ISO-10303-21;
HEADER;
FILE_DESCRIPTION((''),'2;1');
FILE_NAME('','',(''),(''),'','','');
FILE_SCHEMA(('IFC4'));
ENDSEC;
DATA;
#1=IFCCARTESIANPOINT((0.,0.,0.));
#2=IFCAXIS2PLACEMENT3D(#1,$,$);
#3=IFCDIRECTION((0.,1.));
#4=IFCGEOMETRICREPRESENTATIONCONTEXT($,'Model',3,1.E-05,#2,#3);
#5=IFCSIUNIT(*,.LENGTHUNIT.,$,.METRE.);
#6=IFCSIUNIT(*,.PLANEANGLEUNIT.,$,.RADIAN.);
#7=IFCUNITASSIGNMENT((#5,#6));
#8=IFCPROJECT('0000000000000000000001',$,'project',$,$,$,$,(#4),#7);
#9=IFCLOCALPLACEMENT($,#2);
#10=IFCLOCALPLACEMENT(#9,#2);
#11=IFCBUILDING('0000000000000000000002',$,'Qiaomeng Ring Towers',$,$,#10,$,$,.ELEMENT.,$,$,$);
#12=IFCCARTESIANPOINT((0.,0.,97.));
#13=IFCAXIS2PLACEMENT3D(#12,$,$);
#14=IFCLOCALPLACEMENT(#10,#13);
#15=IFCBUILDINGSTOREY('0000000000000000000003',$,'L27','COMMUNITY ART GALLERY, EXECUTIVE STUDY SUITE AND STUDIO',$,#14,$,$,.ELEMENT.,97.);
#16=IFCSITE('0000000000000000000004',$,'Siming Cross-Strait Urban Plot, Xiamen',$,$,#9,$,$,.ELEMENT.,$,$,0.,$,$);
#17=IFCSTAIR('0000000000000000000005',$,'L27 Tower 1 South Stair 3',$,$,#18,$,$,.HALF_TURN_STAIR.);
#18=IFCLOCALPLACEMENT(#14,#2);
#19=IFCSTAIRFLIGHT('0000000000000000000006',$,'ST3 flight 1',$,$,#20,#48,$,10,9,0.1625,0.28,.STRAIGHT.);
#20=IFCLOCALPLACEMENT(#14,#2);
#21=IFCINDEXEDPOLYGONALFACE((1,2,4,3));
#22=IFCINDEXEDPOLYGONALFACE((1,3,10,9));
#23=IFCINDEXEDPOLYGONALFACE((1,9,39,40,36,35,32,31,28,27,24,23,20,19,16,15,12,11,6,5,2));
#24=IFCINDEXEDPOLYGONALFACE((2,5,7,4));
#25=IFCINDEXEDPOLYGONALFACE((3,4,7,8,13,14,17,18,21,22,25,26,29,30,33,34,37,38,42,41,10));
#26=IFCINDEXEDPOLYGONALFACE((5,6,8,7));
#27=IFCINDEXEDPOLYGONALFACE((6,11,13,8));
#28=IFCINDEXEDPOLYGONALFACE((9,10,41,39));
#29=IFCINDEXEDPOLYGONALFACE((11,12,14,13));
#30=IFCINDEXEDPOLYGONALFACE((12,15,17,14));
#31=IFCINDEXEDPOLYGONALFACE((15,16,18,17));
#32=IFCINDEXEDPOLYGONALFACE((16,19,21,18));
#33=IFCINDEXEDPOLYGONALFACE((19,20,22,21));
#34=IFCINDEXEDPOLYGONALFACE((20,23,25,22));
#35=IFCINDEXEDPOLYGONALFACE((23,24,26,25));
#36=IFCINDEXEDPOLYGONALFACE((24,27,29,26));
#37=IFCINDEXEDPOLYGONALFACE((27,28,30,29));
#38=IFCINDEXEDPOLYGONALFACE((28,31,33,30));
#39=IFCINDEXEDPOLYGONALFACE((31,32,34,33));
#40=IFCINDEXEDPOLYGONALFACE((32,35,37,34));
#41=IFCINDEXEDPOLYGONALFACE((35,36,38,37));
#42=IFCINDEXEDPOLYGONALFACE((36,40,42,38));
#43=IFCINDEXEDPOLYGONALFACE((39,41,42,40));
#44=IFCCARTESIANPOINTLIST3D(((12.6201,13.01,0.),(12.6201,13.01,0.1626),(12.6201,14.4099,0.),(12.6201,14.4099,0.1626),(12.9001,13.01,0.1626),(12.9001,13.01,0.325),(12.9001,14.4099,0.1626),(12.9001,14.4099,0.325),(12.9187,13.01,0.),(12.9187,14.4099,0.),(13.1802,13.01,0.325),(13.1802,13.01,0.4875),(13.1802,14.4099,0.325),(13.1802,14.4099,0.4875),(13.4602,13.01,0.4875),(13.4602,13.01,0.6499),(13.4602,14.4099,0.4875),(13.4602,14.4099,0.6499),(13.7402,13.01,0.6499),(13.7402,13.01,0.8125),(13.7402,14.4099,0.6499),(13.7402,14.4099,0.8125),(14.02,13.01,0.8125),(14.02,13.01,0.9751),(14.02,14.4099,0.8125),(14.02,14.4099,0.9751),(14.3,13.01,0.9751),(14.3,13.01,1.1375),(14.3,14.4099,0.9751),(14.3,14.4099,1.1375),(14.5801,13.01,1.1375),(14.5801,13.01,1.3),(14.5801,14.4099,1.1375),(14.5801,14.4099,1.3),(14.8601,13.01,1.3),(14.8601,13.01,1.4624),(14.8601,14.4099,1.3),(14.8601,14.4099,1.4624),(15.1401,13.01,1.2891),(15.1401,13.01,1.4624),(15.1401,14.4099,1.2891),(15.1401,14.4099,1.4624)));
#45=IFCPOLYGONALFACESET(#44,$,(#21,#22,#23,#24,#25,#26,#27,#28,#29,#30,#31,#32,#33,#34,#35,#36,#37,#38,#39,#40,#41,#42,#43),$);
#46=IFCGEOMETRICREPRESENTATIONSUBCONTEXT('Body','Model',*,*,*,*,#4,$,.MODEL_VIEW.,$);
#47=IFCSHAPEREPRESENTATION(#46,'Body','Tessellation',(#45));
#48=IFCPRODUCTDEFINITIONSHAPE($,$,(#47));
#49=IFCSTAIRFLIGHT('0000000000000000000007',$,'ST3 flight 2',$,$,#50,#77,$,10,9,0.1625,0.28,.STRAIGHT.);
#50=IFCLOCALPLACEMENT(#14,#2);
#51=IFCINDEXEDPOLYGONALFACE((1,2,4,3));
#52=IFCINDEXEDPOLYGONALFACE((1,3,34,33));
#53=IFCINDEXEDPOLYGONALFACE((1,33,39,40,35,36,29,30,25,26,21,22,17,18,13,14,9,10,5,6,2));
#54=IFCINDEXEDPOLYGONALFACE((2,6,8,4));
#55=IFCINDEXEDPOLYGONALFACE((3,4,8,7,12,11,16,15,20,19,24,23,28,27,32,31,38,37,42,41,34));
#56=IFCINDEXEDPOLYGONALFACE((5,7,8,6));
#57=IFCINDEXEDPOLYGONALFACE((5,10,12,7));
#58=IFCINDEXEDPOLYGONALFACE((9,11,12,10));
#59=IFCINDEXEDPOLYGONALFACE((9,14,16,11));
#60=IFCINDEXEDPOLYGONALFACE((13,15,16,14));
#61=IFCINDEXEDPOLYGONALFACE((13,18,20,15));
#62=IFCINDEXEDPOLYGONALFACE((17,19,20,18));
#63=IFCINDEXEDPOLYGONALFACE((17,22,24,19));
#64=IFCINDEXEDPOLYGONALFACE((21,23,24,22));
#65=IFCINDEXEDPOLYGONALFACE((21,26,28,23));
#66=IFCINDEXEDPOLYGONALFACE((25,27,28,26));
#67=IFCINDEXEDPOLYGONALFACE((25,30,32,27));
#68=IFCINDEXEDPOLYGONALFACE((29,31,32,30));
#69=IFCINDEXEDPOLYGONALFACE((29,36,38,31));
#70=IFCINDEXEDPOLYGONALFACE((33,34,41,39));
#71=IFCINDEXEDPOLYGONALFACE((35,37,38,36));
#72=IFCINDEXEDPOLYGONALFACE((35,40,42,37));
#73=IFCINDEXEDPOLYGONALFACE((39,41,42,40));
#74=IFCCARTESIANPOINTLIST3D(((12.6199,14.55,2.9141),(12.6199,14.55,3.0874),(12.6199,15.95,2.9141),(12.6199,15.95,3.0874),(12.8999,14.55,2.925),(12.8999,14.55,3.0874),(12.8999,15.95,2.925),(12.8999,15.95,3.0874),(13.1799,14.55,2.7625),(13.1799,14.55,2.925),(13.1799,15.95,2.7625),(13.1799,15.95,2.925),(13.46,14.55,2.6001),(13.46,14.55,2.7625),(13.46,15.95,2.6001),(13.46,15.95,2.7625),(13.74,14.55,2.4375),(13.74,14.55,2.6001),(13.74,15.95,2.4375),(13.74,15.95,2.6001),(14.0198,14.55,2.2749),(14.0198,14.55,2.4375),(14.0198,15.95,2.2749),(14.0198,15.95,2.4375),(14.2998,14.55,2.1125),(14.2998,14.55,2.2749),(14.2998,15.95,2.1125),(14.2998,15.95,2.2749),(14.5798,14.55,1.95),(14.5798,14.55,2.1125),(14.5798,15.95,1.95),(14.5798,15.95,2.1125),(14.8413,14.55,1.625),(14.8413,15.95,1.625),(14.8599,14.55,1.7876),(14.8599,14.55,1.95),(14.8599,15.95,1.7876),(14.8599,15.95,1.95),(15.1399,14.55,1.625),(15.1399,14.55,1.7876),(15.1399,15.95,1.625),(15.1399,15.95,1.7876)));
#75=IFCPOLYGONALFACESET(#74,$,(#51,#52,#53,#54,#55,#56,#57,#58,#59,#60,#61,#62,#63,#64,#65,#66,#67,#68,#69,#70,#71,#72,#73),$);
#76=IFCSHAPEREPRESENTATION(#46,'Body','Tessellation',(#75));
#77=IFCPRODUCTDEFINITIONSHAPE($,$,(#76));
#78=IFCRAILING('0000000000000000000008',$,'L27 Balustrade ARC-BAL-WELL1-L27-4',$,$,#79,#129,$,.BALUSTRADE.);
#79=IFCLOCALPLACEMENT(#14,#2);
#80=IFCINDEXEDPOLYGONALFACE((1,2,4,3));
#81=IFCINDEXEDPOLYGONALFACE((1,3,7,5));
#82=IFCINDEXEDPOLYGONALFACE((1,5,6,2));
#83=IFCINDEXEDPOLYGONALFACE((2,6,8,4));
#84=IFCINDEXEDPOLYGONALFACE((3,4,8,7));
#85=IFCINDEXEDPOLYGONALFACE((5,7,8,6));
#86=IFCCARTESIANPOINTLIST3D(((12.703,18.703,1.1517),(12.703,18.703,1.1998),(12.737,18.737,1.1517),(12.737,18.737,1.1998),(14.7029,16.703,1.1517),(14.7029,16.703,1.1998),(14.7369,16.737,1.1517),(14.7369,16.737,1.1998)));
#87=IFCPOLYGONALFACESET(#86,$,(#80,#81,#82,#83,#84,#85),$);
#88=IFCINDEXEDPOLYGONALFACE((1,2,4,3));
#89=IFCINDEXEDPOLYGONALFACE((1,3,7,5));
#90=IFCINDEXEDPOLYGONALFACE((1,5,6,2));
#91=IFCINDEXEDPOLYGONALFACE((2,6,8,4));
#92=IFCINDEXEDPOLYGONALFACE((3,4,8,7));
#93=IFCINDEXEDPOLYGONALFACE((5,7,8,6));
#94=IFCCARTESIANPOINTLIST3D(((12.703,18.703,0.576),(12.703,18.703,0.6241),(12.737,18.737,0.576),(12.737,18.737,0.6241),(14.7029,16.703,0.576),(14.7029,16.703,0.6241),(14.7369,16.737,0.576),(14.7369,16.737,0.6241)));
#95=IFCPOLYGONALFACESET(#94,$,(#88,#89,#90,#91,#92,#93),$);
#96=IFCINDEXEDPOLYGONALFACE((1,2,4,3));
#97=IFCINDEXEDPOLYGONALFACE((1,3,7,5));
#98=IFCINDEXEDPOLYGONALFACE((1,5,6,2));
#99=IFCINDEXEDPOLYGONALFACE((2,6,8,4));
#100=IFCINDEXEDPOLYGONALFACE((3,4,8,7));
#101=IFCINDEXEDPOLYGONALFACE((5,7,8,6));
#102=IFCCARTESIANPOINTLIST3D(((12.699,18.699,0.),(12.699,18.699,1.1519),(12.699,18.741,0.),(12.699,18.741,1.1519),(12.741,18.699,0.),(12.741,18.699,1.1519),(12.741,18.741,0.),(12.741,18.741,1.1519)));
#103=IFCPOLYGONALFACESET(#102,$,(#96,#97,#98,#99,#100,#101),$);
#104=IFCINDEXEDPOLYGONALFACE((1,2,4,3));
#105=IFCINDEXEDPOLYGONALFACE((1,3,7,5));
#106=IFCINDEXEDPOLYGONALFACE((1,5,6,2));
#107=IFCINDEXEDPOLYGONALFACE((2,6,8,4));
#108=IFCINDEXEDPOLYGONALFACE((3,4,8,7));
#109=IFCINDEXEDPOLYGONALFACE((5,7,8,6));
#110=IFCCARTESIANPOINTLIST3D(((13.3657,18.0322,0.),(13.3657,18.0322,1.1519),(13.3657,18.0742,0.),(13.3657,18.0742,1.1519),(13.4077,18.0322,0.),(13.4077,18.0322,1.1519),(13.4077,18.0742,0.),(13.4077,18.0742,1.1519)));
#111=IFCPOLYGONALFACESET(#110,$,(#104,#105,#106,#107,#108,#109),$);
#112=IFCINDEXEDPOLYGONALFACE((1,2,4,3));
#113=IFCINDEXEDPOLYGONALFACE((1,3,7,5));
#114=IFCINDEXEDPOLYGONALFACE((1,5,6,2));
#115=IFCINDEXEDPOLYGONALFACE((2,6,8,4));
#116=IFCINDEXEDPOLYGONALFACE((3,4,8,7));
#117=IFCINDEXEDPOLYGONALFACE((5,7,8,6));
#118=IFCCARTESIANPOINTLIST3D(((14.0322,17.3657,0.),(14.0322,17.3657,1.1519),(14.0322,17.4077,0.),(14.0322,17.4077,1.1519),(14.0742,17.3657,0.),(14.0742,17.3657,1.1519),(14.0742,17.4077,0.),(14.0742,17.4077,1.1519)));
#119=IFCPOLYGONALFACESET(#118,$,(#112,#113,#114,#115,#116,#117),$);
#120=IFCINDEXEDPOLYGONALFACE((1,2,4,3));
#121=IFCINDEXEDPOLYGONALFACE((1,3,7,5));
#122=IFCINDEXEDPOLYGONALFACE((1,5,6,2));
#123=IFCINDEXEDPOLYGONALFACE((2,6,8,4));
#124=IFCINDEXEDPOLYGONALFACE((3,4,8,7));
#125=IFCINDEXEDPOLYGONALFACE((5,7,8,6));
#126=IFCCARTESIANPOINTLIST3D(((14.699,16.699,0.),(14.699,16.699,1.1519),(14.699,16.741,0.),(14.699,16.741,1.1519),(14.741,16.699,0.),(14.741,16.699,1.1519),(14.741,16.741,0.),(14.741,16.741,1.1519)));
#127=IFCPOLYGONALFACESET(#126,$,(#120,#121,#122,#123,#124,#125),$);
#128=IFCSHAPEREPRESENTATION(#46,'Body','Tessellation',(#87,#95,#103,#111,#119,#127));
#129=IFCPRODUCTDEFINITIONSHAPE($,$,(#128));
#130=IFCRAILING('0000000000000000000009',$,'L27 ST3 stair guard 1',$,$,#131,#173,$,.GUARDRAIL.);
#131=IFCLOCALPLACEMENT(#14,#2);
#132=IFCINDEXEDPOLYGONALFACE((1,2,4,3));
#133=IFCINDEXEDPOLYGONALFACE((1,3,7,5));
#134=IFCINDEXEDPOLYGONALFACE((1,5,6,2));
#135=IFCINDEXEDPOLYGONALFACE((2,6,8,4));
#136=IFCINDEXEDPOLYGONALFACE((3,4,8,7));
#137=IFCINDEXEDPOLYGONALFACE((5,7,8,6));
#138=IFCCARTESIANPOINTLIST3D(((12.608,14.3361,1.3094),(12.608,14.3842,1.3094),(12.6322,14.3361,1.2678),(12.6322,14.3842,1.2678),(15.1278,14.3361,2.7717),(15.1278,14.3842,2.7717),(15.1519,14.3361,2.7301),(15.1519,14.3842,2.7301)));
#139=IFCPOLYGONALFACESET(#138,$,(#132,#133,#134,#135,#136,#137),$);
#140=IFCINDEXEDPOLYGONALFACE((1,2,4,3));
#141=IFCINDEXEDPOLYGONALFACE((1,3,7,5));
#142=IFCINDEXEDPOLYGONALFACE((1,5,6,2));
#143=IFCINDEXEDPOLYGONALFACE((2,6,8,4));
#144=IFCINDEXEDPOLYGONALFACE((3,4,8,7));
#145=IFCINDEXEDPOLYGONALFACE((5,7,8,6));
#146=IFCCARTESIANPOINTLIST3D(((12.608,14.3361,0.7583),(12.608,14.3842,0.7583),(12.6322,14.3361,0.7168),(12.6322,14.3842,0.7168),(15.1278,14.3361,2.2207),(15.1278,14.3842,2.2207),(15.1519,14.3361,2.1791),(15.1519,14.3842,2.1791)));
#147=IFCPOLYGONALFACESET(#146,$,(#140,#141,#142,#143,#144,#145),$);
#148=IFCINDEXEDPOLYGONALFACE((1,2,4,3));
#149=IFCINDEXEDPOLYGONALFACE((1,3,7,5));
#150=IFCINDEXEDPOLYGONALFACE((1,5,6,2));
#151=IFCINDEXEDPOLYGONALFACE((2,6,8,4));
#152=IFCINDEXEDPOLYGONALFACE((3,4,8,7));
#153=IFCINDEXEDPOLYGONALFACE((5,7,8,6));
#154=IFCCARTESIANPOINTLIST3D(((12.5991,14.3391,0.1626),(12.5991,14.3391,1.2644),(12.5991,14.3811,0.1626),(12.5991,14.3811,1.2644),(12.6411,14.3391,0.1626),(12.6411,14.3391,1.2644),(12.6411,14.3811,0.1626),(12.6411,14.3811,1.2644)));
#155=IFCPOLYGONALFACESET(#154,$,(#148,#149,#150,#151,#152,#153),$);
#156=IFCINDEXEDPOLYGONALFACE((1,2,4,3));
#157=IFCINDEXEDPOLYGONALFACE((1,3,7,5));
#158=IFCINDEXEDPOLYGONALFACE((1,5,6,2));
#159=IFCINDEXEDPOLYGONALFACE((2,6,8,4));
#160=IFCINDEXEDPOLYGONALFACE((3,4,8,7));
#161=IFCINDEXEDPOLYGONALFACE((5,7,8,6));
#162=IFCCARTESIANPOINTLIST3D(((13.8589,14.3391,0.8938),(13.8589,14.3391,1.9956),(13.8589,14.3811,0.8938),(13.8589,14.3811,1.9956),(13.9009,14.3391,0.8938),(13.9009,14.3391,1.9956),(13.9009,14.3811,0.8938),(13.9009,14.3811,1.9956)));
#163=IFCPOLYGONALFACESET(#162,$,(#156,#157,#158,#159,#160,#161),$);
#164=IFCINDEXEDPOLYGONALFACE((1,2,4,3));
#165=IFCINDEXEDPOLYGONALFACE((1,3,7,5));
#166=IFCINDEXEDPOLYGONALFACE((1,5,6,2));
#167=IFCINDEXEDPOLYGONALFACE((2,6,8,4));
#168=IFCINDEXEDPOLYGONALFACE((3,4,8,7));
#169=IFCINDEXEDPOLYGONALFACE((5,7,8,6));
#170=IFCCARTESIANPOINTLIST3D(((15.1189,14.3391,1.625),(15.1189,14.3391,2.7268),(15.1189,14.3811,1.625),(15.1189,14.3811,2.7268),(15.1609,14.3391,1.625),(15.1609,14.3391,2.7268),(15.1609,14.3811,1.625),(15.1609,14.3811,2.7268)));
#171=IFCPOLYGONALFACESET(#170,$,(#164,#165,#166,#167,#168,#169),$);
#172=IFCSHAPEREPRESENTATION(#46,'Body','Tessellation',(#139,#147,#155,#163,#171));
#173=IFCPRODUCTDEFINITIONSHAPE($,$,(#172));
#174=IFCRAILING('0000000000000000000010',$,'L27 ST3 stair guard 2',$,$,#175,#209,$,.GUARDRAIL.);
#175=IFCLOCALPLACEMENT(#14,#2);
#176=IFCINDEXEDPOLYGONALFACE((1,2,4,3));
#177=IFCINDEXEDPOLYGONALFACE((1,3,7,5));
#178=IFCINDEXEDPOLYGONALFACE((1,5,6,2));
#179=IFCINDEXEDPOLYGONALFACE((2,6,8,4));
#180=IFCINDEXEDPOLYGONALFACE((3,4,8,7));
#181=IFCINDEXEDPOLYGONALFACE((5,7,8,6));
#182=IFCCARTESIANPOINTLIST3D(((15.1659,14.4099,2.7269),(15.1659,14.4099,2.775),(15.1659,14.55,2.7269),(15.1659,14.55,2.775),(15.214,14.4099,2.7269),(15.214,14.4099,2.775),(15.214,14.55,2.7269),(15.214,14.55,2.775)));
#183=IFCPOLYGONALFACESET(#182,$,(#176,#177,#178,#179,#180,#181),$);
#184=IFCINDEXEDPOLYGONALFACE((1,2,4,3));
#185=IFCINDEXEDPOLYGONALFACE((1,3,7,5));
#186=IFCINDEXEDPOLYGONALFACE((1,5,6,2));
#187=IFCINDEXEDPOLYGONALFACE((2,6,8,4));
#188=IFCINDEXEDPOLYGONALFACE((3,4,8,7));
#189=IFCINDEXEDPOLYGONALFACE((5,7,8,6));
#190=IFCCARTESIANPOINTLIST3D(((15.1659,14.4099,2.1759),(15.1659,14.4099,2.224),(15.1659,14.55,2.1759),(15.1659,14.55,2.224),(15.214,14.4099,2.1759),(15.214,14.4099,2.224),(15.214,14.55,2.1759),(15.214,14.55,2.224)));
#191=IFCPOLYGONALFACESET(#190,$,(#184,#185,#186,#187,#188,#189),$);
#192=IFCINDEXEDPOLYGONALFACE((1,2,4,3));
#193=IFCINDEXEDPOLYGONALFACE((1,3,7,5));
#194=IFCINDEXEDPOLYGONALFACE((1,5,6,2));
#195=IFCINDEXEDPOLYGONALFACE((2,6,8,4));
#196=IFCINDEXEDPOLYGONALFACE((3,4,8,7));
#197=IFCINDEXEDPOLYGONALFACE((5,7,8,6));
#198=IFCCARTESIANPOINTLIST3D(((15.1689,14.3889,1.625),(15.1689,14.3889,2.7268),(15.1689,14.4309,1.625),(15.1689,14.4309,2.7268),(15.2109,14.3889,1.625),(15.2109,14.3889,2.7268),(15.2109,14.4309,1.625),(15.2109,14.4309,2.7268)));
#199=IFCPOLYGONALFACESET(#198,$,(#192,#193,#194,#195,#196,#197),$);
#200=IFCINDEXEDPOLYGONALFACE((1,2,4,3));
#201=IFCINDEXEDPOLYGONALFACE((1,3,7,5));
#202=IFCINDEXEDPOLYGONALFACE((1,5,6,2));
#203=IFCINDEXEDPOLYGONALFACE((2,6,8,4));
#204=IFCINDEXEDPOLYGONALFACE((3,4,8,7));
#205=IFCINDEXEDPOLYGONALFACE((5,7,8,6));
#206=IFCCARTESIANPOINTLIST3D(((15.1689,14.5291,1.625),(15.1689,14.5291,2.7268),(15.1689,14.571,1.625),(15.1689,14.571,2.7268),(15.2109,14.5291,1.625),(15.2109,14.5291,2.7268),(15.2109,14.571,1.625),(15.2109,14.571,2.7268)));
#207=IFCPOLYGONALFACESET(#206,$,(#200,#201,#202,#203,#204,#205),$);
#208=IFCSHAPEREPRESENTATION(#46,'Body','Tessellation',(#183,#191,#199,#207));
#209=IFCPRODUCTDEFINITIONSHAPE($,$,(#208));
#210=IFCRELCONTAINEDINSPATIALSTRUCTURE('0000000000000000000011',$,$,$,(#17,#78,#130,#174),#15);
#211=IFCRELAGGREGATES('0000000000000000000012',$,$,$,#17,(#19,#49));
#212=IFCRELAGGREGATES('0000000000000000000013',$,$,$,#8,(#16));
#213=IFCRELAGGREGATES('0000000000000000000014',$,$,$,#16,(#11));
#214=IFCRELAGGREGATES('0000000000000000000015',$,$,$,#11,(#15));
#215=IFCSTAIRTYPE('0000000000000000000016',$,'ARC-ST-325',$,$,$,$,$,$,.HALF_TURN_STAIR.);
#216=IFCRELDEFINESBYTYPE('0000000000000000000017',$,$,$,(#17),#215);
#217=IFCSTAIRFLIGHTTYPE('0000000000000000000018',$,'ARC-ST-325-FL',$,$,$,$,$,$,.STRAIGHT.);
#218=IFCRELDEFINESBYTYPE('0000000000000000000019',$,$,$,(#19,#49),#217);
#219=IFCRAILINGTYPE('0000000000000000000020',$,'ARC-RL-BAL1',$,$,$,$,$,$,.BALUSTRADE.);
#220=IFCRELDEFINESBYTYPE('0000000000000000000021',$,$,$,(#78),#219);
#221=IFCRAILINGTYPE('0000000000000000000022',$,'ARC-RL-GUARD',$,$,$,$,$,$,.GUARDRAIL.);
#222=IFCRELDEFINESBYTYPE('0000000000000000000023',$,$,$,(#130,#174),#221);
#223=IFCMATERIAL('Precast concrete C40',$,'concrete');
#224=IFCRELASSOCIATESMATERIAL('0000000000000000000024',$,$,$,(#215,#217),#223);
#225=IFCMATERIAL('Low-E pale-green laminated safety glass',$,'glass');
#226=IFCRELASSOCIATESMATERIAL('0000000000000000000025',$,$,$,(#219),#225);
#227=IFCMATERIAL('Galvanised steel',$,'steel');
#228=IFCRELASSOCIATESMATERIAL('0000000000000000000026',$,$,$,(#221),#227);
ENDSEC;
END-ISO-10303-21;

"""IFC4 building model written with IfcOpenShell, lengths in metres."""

from ifc_helpers import new_model, si_unit, direction, frame, origin, origin_2d, place, context, subcontext, project, spatial, polyline, rectangle, outline, extrude, source, transform, mapped, material, type_object, element, aggregate, save


model = new_model("IFC4")

# Units and contexts
model_context = context("Model", 3, precision=1e-05, world=origin(), true_north=direction((0.0, 1.0)))
body_context = subcontext(model_context, "Body", "Model", "MODEL_VIEW")
ifc_project = project(units=[si_unit("LENGTHUNIT", "METRE"), si_unit("PLANEANGLEUNIT", "RADIAN")], contexts=[model_context])

# Site, building, storey
site_placement = place(None, origin())
site = spatial("IfcSite", under=ifc_project, at=site_placement, Name="Siming Cross-Strait Urban Plot, Xiamen", CompositionType="ELEMENT", RefElevation=0.0)
building_placement = place(site_placement, origin())
building = spatial("IfcBuilding", under=site, at=building_placement, Name="Qiaomeng Ring Towers", CompositionType="ELEMENT")
storey_placement = place(building_placement, frame((0.0, 0.0, 97.0)))
storey = spatial("IfcBuildingStorey", under=building, at=storey_placement, Name="L27", Description="COMMUNITY ART GALLERY, EXECUTIVE STUDY SUITE AND STUDIO", CompositionType="ELEMENT", Elevation=97.0)

# Shared definitions
ifc_material_1 = material(Name="Galvanised steel", Category="steel")

# Stair, stair flights
ifc_material_2 = material(Name="Precast concrete C40", Category="concrete")
stair_type = type_object("IfcStairType", Name="ARC-ST-325", PredefinedType="HALF_TURN_STAIR", material=ifc_material_2)
stair_placement = place(storey_placement, origin())
stair = element("IfcStair", 1, at=stair_placement, inside=storey, type_object=stair_type, Name="L27 Tower 1 South Stair 3", PredefinedType="HALF_TURN_STAIR")
stair_flight_type = type_object("IfcStairFlightType", Name="ARC-ST-325-FL", PredefinedType="STRAIGHT", material=ifc_material_2)
shared_shape_1 = source(origin(), body_context, "Body", "SweptSolid", [
    extrude(outline(polyline([(0.0, 0.0), (0.0, 0.1626), (0.28, 0.1626), (0.28, 0.325), (0.5601, 0.325), (0.5601, 0.4875), (0.8401, 0.4875), (0.8401, 0.6499), (1.1201, 0.6499), (1.1201, 0.8125), (1.3999, 0.8125), (1.3999, 0.9751), (1.6799, 0.9751), (1.6799, 1.1375), (1.96, 1.1375), (1.96, 1.3), (2.24, 1.3), (2.24, 1.4624), (2.52, 1.4624), (2.52, 1.625), (2.52, 1.2891), (0.2986, 0.0), (0.0, 0.0)])), frame((0.0, 0.7, 0.0), z_axis=(0.0, -1.0, 0.0), x_axis=(1.0, 0.0, 0.0)), (0.0, 0.0, 1.0), 1.3999),
])
stair_flight_1_placement = place(storey_placement, frame((12.6201, 13.71, 0.0), z_axis=(0.0, 0.0, 1.0), x_axis=(1.0, 0.0, 0.0)))
stair_flight_1 = element("IfcStairFlight", 2, at=stair_flight_1_placement, type_object=stair_flight_type, Name="ST3 flight 1", NumberOfRisers=10, NumberOfTreads=9, PredefinedType="STRAIGHT", RiserHeight=0.1625, TreadLength=0.28, context=body_context, shape_type="MappedRepresentation", body=[
    mapped(shared_shape_1, transform((0.0, 0.0, 0.0), x_axis=(1.0, 0.0, 0.0), y_axis=(0.0, 1.0, 0.0), z_axis=(0.0, 0.0, 1.0), scale=1.0)),
])
stair_flight_2_placement = place(storey_placement, frame((15.1399, 15.25, 1.625), z_axis=(0.0, 0.0, 1.0), x_axis=(-1.0, 0.0, 0.0)))
stair_flight_2 = element("IfcStairFlight", 3, at=stair_flight_2_placement, type_object=stair_flight_type, Name="ST3 flight 2", NumberOfRisers=10, NumberOfTreads=9, PredefinedType="STRAIGHT", RiserHeight=0.1625, TreadLength=0.28, context=body_context, shape_type="MappedRepresentation", body=[
    mapped(shared_shape_1, transform((0.0, 0.0, 0.0), x_axis=(1.0, 0.0, 0.0), y_axis=(0.0, 1.0, 0.0), z_axis=(0.0, 0.0, 1.0), scale=1.0)),
])
aggregate(stair, [stair_flight_1, stair_flight_2])

# Railings
ifc_material_3 = material(Name="Low-E pale-green laminated safety glass", Category="glass")
railing_type_1 = type_object("IfcRailingType", Name="ARC-RL-BAL1", PredefinedType="BALUSTRADE", material=ifc_material_3)
railing_1_placement = place(storey_placement, frame((12.72, 18.72, 0.0)))
element("IfcRailing", 4, at=railing_1_placement, inside=storey, type_object=railing_type_1, Name="L27 Balustrade ARC-BAL-WELL1-L27-4", PredefinedType="BALUSTRADE", context=body_context, shape_type="SweptSolid", body=[
    extrude(rectangle(XDim=0.0481, YDim=0.0481, at=origin_2d()), frame((0.0, 0.0, 1.1758), z_axis=(0.707107, -0.707107, 0.0), x_axis=(0.707107, 0.707107, 0.0)), (0.0, 0.0, 1.0), 2.8284),
    extrude(rectangle(XDim=0.0481, YDim=0.0481, at=origin_2d()), frame((0.0, 0.0, 0.6001), z_axis=(0.707107, -0.707107, 0.0), x_axis=(0.707107, 0.707107, 0.0)), (0.0, 0.0, 1.0), 2.8284),
    extrude(rectangle(XDim=0.042, YDim=0.042, at=origin_2d()), origin(), (0.0, 0.0, 1.0), 1.1519),
    extrude(rectangle(XDim=0.042, YDim=0.042, at=origin_2d()), frame((0.6667, -0.6667, 0.0)), (0.0, 0.0, 1.0), 1.1519),
    extrude(rectangle(XDim=0.042, YDim=0.042, at=origin_2d()), frame((1.3333, -1.3333, 0.0)), (0.0, 0.0, 1.0), 1.1519),
    extrude(rectangle(XDim=0.042, YDim=0.042, at=origin_2d()), frame((2.0, -2.0, 0.0)), (0.0, 0.0, 1.0), 1.1519),
])
railing_type_2 = type_object("IfcRailingType", Name="ARC-RL-GUARD", PredefinedType="GUARDRAIL", material=ifc_material_1)
railing_2_placement = place(storey_placement, frame((12.6201, 14.3601, 0.1626)))
element("IfcRailing", 5, at=railing_2_placement, inside=storey, type_object=railing_type_2, Name="L27 ST3 stair guard 1", PredefinedType="GUARDRAIL", context=body_context, shape_type="SweptSolid", body=[
    extrude(rectangle(XDim=0.0481, YDim=0.0481, at=origin_2d()), frame((0.0, 0.0, 1.126), z_axis=(0.864892, 0.0, 0.501958), x_axis=(0.0, 1.0, 0.0)), (0.0, 0.0, 1.0), 2.9133),
    extrude(rectangle(XDim=0.0481, YDim=0.0481, at=origin_2d()), frame((0.0, 0.0, 0.575), z_axis=(0.864892, 0.0, 0.501958), x_axis=(0.0, 1.0, 0.0)), (0.0, 0.0, 1.0), 2.9133),
    extrude(rectangle(XDim=0.042, YDim=0.042, at=origin_2d()), origin(), (0.0, 0.0, 1.0), 1.1018),
    extrude(rectangle(XDim=0.042, YDim=0.042, at=origin_2d()), frame((1.2598, 0.0, 0.7312)), (0.0, 0.0, 1.0), 1.1018),
    extrude(rectangle(XDim=0.042, YDim=0.042, at=origin_2d()), frame((2.5198, 0.0, 1.4624)), (0.0, 0.0, 1.0), 1.1018),
])
railing_3_placement = place(storey_placement, frame((15.1899, 14.4099, 1.625)))
element("IfcRailing", 6, at=railing_3_placement, inside=storey, type_object=railing_type_2, Name="L27 ST3 stair guard 2", PredefinedType="GUARDRAIL", context=body_context, shape_type="SweptSolid", body=[
    extrude(rectangle(XDim=0.0481, YDim=0.0481, at=origin_2d()), frame((0.0, 0.0, 1.126), z_axis=(0.0, 1.0, 0.0), x_axis=(-1.0, 0.0, 0.0)), (0.0, 0.0, 1.0), 0.1401),
    extrude(rectangle(XDim=0.0481, YDim=0.0481, at=origin_2d()), frame((0.0, 0.0, 0.575), z_axis=(0.0, 1.0, 0.0), x_axis=(-1.0, 0.0, 0.0)), (0.0, 0.0, 1.0), 0.1401),
    extrude(rectangle(XDim=0.042, YDim=0.042, at=origin_2d()), origin(), (0.0, 0.0, 1.0), 1.1018),
    extrude(rectangle(XDim=0.042, YDim=0.042, at=origin_2d()), frame((0.0, 0.1401, 0.0)), (0.0, 0.0, 1.0), 1.1018),
])

save(model, "model.ifc")
